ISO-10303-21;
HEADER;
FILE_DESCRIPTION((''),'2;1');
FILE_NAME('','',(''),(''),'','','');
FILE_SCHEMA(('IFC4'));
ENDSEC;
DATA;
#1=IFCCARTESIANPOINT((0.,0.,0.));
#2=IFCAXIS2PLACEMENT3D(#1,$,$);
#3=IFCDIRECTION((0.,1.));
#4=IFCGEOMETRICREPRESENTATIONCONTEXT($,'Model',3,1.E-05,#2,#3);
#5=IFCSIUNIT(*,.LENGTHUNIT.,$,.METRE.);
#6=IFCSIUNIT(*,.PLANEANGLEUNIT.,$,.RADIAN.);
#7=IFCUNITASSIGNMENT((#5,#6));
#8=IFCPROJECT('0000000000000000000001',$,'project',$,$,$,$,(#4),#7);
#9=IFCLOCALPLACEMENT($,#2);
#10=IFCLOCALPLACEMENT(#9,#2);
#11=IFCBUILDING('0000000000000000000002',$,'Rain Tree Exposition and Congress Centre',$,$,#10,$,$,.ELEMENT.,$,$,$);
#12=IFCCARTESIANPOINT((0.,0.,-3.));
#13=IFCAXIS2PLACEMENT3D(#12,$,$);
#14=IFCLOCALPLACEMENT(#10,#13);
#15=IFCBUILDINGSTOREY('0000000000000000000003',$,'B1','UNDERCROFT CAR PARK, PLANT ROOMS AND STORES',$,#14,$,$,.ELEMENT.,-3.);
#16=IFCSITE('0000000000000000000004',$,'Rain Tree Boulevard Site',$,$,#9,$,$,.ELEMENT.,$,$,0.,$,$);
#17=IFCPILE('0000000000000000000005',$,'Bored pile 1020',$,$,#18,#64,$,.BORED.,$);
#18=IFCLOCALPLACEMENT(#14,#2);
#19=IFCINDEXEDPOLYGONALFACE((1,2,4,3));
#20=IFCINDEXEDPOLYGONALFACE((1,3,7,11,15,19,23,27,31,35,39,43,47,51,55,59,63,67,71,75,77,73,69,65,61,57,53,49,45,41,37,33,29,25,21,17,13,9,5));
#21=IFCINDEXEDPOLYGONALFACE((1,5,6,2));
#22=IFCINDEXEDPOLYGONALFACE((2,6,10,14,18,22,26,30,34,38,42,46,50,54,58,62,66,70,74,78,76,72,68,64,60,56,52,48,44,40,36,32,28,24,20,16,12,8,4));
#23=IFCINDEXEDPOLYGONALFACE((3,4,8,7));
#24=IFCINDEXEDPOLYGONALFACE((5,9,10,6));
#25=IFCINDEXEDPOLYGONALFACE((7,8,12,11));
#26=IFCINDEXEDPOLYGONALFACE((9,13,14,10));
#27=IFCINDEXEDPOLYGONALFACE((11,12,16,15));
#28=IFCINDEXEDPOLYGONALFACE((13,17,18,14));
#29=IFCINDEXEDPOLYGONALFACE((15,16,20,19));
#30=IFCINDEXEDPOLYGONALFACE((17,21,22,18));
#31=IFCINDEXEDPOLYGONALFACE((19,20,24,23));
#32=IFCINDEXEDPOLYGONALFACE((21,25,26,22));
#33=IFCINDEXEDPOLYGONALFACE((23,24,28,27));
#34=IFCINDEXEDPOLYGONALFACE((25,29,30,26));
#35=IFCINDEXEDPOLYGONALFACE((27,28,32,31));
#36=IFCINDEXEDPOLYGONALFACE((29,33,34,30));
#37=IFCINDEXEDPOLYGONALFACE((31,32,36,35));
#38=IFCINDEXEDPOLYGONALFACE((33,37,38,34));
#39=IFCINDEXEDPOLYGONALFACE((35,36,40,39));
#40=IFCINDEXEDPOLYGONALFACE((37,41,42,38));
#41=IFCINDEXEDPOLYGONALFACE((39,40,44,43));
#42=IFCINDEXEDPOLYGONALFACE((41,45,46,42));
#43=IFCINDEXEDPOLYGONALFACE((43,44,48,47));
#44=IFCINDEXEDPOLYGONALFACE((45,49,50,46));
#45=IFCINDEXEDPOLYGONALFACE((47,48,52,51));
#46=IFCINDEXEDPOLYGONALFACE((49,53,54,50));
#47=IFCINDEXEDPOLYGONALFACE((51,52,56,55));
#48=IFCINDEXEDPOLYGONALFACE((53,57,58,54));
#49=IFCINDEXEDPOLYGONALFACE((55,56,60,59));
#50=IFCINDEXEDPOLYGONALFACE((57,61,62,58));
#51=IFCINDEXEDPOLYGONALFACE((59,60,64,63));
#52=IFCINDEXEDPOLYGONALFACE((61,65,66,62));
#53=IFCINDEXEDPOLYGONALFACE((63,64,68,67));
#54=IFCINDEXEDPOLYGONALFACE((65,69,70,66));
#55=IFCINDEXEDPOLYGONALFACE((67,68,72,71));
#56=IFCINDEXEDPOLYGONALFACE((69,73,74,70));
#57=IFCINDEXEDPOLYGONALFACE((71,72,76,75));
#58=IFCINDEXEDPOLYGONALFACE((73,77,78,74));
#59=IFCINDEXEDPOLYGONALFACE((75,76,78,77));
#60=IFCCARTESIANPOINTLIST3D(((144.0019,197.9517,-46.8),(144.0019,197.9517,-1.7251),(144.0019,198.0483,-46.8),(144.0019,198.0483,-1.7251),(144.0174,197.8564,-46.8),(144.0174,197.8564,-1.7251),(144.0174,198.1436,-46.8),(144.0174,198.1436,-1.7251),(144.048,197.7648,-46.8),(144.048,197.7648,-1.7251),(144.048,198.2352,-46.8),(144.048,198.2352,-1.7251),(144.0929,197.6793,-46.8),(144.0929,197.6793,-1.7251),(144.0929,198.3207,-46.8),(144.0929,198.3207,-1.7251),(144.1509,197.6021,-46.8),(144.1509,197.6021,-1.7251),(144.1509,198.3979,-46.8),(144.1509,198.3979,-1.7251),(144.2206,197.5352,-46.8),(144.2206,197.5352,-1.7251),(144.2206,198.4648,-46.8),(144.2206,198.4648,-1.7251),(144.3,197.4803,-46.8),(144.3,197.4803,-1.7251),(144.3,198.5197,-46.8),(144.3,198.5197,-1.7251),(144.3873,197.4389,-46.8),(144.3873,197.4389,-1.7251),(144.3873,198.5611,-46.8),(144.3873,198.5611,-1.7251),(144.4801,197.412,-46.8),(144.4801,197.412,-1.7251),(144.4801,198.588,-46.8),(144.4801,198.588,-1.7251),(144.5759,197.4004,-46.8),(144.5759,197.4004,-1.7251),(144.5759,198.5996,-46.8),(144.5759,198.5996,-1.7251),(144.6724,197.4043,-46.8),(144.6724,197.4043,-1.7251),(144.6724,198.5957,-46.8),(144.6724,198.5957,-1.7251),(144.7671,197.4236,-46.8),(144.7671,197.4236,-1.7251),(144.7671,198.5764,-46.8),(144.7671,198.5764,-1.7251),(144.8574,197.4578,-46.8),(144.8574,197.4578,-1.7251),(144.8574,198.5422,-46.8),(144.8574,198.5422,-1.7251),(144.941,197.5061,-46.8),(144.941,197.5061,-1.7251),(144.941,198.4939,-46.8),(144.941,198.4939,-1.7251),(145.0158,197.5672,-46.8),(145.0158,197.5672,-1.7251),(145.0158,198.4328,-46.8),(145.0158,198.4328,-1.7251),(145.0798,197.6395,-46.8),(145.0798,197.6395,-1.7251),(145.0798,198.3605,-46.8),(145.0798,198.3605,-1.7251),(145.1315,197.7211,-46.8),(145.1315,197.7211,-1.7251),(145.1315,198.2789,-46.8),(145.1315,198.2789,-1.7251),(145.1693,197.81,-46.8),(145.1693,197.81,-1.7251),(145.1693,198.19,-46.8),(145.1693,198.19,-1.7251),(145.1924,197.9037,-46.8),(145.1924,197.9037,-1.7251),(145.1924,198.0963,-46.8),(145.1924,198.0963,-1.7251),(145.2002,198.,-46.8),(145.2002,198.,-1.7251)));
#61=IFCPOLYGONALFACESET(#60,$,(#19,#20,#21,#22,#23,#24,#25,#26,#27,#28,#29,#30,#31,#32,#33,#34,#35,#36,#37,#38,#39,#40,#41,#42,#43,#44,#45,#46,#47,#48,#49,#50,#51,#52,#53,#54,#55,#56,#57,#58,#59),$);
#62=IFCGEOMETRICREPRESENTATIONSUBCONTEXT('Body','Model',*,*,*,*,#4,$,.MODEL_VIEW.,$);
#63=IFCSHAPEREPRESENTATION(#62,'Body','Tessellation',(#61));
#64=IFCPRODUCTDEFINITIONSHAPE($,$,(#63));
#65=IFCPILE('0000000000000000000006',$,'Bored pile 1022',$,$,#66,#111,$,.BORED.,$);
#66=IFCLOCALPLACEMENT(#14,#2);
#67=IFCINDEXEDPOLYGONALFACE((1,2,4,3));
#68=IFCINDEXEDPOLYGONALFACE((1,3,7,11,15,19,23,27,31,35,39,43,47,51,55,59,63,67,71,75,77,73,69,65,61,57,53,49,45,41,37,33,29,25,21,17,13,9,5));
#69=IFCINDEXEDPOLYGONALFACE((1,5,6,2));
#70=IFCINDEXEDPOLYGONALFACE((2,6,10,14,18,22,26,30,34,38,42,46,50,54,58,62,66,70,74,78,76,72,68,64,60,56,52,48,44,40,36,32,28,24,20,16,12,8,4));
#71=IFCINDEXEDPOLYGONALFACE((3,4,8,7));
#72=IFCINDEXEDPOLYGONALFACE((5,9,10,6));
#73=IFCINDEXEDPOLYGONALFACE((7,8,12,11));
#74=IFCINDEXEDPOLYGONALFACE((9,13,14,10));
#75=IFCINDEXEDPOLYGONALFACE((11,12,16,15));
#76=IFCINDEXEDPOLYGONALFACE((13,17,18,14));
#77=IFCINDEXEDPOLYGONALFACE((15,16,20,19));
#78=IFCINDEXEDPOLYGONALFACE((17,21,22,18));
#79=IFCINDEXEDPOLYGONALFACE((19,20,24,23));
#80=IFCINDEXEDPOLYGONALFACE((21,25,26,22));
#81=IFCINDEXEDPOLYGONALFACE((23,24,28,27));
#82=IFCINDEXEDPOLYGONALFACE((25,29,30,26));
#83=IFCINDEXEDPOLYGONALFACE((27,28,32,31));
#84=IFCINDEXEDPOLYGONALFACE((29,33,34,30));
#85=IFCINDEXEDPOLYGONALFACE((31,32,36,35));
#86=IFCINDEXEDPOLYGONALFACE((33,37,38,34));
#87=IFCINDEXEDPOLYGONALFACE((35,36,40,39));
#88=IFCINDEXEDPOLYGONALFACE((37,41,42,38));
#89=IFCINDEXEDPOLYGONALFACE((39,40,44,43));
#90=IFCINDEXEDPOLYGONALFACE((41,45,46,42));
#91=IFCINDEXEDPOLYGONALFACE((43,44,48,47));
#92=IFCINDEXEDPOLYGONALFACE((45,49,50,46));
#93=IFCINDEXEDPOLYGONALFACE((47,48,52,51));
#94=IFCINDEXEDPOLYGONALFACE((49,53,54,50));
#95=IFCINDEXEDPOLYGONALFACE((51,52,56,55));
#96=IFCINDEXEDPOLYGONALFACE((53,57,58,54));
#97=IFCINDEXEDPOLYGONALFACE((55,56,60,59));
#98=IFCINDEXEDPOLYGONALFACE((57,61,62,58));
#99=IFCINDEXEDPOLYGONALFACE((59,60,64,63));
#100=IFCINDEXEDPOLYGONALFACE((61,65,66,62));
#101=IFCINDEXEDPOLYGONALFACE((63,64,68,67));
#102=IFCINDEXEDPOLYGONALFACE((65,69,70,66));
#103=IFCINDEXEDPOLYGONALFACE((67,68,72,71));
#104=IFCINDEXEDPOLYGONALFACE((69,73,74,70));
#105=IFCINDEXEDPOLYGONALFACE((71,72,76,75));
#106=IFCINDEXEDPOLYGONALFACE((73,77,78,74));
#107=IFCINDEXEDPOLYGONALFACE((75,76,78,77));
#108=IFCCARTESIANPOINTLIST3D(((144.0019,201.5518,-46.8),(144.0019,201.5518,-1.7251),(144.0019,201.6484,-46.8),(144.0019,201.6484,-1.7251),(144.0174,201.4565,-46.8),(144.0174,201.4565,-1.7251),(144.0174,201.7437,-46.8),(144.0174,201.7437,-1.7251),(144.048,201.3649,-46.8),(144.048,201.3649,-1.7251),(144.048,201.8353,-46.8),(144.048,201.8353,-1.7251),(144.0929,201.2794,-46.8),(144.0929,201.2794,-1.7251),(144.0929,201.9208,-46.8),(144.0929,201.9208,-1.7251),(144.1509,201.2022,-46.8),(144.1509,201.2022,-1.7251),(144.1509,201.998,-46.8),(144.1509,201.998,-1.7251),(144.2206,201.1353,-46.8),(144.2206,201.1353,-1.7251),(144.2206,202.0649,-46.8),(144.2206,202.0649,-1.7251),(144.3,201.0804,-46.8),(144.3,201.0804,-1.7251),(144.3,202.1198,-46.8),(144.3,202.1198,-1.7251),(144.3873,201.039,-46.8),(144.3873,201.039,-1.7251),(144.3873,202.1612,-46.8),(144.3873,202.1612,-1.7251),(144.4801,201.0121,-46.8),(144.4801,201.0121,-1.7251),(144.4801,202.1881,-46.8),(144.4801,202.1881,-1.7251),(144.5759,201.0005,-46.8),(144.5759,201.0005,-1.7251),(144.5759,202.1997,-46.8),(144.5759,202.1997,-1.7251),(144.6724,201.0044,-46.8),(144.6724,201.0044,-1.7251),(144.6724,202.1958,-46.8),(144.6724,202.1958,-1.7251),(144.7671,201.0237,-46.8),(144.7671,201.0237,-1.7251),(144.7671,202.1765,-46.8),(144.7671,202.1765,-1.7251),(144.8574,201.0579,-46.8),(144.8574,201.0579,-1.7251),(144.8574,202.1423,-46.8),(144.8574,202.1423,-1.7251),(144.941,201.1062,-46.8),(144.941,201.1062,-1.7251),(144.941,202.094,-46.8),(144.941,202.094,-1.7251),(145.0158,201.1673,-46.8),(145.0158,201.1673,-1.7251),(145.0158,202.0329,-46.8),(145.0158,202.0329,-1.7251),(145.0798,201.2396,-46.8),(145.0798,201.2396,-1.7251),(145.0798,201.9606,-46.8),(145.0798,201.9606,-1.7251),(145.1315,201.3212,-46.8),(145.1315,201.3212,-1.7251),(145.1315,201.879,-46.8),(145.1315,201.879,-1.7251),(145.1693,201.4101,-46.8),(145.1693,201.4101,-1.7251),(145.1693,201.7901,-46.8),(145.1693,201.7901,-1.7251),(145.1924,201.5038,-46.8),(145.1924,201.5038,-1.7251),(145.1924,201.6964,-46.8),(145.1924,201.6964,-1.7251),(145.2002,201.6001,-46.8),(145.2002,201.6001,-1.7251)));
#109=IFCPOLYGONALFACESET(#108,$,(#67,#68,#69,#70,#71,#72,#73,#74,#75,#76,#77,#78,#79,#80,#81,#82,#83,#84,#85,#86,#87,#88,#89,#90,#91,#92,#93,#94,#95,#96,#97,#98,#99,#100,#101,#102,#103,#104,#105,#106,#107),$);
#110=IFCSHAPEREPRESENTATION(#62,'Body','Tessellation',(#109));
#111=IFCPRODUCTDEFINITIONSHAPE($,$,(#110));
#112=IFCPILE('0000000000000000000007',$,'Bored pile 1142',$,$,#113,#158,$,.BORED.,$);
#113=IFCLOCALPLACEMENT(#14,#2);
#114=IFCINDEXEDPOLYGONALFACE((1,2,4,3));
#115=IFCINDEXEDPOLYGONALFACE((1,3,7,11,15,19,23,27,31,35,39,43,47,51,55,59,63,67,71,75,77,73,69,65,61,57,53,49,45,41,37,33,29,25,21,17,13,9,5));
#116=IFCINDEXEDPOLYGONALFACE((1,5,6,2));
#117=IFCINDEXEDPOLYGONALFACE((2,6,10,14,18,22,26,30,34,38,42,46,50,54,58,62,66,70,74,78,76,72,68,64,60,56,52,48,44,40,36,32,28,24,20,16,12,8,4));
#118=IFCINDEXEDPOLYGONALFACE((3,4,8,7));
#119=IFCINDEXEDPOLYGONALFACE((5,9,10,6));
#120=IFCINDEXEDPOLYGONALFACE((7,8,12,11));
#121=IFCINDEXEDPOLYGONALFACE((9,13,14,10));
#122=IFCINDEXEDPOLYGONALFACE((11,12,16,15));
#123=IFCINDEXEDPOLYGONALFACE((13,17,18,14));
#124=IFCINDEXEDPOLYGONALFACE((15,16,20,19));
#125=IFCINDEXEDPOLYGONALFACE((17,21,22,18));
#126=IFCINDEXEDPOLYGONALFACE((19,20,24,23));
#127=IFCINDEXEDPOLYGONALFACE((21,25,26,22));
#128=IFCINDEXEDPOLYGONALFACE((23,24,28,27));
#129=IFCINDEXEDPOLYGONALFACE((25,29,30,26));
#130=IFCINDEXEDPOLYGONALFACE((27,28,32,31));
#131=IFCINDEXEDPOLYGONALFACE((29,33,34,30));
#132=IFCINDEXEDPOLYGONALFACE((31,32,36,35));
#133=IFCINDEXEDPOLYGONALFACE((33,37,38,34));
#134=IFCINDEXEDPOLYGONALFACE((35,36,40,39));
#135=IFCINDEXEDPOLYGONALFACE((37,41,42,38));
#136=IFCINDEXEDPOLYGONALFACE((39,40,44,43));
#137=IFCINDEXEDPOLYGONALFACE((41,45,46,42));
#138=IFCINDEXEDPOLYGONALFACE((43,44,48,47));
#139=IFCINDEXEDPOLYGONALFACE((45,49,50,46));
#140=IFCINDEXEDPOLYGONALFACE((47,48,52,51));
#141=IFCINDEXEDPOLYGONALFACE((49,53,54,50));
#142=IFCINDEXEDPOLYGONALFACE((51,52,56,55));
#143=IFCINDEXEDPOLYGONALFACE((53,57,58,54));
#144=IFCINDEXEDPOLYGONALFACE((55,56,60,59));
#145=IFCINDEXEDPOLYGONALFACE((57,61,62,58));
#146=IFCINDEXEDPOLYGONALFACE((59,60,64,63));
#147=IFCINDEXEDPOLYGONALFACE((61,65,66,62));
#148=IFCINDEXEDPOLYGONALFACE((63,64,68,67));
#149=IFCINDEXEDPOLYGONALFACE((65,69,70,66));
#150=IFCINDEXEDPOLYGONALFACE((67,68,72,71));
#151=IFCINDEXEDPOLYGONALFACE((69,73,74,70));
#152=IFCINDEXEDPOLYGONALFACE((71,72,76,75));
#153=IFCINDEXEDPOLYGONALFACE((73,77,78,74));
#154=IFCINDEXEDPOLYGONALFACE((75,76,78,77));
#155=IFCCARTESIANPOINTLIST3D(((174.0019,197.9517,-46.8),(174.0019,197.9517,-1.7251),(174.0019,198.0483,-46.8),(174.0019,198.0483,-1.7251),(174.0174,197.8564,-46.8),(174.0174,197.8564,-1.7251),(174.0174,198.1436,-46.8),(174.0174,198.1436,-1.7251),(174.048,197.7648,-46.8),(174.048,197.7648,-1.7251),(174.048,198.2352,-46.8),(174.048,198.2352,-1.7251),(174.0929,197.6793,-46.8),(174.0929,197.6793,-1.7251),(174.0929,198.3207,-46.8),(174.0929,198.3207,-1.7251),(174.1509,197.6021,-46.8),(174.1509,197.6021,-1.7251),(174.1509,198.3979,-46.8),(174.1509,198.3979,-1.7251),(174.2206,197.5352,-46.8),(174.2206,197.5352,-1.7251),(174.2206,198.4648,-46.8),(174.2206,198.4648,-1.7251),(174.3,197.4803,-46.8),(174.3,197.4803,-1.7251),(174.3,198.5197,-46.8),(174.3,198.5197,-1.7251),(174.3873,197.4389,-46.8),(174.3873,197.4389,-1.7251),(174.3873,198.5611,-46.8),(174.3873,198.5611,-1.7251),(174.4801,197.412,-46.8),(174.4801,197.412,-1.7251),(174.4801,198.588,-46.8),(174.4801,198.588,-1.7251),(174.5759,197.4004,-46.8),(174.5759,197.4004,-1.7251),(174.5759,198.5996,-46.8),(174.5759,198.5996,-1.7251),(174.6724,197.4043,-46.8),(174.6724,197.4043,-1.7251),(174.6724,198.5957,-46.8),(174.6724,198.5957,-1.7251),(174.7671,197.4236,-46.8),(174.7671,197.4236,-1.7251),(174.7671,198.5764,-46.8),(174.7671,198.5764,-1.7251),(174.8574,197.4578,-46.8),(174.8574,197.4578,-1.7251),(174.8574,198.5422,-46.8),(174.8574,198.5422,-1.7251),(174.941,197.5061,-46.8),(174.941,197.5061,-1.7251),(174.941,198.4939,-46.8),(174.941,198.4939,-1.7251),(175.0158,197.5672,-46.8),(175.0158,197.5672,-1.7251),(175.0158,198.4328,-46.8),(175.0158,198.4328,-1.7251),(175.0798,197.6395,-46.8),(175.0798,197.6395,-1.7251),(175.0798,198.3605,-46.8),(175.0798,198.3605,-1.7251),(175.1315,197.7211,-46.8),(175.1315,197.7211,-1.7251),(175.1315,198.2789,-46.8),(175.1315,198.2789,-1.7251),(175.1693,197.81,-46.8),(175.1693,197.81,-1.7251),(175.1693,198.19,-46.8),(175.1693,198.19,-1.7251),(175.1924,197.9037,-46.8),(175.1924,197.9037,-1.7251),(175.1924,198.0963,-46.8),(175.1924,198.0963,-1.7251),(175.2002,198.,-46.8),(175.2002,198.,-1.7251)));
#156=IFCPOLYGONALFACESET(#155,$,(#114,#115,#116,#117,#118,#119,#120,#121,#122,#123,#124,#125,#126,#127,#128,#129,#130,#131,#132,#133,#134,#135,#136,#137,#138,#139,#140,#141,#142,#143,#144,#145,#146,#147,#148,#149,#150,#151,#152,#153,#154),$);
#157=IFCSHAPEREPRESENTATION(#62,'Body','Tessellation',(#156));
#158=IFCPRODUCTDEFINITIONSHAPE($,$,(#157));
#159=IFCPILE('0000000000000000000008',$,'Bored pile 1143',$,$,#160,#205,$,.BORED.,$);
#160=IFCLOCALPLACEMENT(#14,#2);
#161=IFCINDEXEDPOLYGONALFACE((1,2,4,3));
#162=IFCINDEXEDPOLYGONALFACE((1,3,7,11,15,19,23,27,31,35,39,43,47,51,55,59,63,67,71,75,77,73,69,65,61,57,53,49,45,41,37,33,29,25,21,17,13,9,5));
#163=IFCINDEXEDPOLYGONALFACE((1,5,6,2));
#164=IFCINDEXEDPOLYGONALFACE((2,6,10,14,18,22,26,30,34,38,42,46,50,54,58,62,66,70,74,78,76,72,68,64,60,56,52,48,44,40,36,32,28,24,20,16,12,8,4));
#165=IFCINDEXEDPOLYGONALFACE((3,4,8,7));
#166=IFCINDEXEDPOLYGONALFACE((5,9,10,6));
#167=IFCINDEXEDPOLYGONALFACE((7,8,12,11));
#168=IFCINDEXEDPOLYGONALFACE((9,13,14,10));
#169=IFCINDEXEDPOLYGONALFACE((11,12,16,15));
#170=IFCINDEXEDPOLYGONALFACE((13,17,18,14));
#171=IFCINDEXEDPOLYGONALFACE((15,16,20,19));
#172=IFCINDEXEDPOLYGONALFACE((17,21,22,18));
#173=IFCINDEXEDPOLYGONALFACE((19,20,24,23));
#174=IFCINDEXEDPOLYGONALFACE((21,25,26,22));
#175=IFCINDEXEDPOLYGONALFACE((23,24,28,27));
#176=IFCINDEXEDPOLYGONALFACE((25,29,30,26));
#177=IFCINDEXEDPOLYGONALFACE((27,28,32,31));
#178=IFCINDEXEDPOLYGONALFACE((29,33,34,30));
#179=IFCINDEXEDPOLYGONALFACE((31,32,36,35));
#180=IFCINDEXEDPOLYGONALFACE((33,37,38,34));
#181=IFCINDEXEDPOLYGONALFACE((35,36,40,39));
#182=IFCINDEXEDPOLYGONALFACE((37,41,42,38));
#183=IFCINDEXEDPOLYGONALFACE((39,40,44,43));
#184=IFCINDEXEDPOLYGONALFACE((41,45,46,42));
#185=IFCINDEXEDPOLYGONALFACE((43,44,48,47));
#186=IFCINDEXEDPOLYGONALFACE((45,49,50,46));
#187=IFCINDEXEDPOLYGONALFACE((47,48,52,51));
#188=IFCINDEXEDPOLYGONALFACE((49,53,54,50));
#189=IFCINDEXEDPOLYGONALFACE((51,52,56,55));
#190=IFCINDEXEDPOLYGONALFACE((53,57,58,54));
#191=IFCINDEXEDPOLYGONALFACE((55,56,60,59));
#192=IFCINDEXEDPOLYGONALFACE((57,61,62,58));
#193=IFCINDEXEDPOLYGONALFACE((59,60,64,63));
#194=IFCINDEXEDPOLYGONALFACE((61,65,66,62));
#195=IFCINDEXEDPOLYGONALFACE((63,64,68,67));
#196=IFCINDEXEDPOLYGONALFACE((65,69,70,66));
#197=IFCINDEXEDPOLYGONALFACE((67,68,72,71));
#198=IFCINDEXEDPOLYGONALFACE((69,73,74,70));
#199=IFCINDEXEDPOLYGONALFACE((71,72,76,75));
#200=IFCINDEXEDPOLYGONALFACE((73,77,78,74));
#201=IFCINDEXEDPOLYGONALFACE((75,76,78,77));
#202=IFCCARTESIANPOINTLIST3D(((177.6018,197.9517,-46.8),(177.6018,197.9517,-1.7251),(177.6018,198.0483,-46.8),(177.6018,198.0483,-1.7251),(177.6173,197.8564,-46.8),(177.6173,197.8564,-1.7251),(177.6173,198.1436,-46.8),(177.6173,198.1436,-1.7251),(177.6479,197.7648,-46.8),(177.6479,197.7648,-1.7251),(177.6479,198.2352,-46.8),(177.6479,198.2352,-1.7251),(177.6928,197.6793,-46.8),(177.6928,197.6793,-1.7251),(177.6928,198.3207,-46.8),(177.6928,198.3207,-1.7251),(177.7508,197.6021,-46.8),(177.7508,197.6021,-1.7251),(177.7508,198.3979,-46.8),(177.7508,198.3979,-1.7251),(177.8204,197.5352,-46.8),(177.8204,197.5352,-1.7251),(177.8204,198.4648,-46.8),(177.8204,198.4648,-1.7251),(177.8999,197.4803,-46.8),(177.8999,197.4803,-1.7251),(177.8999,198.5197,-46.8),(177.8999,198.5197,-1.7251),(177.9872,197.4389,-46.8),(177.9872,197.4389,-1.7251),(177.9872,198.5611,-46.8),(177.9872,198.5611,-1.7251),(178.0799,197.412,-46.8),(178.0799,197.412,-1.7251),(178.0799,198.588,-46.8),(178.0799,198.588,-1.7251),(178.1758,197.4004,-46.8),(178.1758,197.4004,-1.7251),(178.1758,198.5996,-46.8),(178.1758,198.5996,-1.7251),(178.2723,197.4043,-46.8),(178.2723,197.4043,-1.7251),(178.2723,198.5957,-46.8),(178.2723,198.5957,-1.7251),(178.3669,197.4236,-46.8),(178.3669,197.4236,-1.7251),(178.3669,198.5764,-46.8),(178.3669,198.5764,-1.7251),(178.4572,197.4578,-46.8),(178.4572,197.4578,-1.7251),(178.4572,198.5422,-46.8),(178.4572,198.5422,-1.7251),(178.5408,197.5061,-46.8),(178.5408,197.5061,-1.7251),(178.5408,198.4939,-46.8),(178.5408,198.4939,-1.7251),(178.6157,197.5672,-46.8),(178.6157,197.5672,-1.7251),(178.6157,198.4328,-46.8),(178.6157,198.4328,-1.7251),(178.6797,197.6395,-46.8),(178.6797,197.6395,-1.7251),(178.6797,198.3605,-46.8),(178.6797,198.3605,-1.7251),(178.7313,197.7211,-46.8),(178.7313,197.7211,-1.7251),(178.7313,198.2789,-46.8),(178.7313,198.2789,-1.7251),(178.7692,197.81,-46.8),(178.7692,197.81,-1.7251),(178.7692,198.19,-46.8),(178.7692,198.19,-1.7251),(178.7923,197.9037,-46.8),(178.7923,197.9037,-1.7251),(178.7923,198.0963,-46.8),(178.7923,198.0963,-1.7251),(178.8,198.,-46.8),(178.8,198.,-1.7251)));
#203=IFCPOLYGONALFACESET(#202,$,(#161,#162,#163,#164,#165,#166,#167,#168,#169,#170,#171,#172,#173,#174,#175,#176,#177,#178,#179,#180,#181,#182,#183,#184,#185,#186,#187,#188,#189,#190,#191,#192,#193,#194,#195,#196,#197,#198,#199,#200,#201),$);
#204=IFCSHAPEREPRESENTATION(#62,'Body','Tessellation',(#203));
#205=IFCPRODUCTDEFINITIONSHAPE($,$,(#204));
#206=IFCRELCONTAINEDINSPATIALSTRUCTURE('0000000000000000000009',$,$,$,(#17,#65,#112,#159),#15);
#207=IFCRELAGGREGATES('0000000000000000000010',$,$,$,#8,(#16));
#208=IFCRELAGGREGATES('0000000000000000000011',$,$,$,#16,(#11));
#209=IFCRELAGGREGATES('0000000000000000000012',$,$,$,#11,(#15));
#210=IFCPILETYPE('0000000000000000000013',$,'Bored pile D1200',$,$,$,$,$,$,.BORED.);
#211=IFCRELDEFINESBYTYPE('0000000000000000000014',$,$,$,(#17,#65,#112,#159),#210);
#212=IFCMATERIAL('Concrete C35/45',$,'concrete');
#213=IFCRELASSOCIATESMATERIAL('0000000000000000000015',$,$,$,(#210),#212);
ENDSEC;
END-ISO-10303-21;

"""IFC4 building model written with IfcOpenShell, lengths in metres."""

from ifc_helpers import new_model, si_unit, direction, frame, origin, origin_2d, place, context, subcontext, project, spatial, circle, extrude, material, material_profile, profile_set, type_object, element, save


model = new_model("IFC4")

# Units and contexts
model_context = context("Model", 3, precision=1e-05, world=origin(), true_north=direction((0.0, 1.0)))
body_context = subcontext(model_context, "Body", "Model", "MODEL_VIEW")
ifc_project = project(units=[si_unit("LENGTHUNIT", "METRE"), si_unit("PLANEANGLEUNIT", "RADIAN")], contexts=[model_context])

# Site, building, storey
site_placement = place(None, origin())
site = spatial("IfcSite", under=ifc_project, at=site_placement, Name="Rain Tree Boulevard Site", CompositionType="ELEMENT", RefElevation=0.0)
building_placement = place(site_placement, origin())
building = spatial("IfcBuilding", under=site, at=building_placement, Name="Rain Tree Exposition and Congress Centre", CompositionType="ELEMENT")
storey_placement = place(building_placement, frame((0.0, 0.0, -3.0)))
storey = spatial("IfcBuildingStorey", under=building, at=storey_placement, Name="B1", Description="UNDERCROFT CAR PARK, PLANT ROOMS AND STORES", CompositionType="ELEMENT", Elevation=-3.0)

# Piles
ifc_material_1 = material(Name="Concrete C35/45", Category="concrete")
ifc_material_profile_1 = material_profile(ifc_material_1, circle(Radius=0.6001, at=origin_2d()), Name="D1200")
ifc_profile_set_1 = profile_set([ifc_material_profile_1], Name="Concrete C35/45")
pile_type_1 = type_object("IfcPileType", Name="Bored pile D1200", PredefinedType="BORED", material=ifc_profile_set_1)
for number, where, z_axis, x_axis, name in (
    (1, (144.6001, 198.0, -1.7251), (0.0, 0.0, -1.0), (1.0, 0.0, 0.0), "Bored pile 1020"),
    (2, (144.6001, 201.6001, -1.7251), (0.0, 0.0, -1.0), (1.0, 0.0, 0.0), "Bored pile 1022"),
    (3, (174.6001, 198.0, -1.7251), (0.0, 0.0, -1.0), (1.0, 0.0, 0.0), "Bored pile 1142"),
    (4, (178.2, 198.0, -1.7251), (0.0, 0.0, -1.0), (1.0, 0.0, 0.0), "Bored pile 1143"),
):
    element("IfcPile", number, at=place(storey_placement, frame(where, z_axis=z_axis, x_axis=x_axis)), inside=storey, type_object=pile_type_1, Name=name, PredefinedType="BORED", context=body_context, shape_type="SweptSolid", body=[
        extrude(circle(Radius=0.6001, at=origin_2d()), origin(), (0.0, 0.0, 1.0), 45.075),
    ])

save(model, "model.ifc")
